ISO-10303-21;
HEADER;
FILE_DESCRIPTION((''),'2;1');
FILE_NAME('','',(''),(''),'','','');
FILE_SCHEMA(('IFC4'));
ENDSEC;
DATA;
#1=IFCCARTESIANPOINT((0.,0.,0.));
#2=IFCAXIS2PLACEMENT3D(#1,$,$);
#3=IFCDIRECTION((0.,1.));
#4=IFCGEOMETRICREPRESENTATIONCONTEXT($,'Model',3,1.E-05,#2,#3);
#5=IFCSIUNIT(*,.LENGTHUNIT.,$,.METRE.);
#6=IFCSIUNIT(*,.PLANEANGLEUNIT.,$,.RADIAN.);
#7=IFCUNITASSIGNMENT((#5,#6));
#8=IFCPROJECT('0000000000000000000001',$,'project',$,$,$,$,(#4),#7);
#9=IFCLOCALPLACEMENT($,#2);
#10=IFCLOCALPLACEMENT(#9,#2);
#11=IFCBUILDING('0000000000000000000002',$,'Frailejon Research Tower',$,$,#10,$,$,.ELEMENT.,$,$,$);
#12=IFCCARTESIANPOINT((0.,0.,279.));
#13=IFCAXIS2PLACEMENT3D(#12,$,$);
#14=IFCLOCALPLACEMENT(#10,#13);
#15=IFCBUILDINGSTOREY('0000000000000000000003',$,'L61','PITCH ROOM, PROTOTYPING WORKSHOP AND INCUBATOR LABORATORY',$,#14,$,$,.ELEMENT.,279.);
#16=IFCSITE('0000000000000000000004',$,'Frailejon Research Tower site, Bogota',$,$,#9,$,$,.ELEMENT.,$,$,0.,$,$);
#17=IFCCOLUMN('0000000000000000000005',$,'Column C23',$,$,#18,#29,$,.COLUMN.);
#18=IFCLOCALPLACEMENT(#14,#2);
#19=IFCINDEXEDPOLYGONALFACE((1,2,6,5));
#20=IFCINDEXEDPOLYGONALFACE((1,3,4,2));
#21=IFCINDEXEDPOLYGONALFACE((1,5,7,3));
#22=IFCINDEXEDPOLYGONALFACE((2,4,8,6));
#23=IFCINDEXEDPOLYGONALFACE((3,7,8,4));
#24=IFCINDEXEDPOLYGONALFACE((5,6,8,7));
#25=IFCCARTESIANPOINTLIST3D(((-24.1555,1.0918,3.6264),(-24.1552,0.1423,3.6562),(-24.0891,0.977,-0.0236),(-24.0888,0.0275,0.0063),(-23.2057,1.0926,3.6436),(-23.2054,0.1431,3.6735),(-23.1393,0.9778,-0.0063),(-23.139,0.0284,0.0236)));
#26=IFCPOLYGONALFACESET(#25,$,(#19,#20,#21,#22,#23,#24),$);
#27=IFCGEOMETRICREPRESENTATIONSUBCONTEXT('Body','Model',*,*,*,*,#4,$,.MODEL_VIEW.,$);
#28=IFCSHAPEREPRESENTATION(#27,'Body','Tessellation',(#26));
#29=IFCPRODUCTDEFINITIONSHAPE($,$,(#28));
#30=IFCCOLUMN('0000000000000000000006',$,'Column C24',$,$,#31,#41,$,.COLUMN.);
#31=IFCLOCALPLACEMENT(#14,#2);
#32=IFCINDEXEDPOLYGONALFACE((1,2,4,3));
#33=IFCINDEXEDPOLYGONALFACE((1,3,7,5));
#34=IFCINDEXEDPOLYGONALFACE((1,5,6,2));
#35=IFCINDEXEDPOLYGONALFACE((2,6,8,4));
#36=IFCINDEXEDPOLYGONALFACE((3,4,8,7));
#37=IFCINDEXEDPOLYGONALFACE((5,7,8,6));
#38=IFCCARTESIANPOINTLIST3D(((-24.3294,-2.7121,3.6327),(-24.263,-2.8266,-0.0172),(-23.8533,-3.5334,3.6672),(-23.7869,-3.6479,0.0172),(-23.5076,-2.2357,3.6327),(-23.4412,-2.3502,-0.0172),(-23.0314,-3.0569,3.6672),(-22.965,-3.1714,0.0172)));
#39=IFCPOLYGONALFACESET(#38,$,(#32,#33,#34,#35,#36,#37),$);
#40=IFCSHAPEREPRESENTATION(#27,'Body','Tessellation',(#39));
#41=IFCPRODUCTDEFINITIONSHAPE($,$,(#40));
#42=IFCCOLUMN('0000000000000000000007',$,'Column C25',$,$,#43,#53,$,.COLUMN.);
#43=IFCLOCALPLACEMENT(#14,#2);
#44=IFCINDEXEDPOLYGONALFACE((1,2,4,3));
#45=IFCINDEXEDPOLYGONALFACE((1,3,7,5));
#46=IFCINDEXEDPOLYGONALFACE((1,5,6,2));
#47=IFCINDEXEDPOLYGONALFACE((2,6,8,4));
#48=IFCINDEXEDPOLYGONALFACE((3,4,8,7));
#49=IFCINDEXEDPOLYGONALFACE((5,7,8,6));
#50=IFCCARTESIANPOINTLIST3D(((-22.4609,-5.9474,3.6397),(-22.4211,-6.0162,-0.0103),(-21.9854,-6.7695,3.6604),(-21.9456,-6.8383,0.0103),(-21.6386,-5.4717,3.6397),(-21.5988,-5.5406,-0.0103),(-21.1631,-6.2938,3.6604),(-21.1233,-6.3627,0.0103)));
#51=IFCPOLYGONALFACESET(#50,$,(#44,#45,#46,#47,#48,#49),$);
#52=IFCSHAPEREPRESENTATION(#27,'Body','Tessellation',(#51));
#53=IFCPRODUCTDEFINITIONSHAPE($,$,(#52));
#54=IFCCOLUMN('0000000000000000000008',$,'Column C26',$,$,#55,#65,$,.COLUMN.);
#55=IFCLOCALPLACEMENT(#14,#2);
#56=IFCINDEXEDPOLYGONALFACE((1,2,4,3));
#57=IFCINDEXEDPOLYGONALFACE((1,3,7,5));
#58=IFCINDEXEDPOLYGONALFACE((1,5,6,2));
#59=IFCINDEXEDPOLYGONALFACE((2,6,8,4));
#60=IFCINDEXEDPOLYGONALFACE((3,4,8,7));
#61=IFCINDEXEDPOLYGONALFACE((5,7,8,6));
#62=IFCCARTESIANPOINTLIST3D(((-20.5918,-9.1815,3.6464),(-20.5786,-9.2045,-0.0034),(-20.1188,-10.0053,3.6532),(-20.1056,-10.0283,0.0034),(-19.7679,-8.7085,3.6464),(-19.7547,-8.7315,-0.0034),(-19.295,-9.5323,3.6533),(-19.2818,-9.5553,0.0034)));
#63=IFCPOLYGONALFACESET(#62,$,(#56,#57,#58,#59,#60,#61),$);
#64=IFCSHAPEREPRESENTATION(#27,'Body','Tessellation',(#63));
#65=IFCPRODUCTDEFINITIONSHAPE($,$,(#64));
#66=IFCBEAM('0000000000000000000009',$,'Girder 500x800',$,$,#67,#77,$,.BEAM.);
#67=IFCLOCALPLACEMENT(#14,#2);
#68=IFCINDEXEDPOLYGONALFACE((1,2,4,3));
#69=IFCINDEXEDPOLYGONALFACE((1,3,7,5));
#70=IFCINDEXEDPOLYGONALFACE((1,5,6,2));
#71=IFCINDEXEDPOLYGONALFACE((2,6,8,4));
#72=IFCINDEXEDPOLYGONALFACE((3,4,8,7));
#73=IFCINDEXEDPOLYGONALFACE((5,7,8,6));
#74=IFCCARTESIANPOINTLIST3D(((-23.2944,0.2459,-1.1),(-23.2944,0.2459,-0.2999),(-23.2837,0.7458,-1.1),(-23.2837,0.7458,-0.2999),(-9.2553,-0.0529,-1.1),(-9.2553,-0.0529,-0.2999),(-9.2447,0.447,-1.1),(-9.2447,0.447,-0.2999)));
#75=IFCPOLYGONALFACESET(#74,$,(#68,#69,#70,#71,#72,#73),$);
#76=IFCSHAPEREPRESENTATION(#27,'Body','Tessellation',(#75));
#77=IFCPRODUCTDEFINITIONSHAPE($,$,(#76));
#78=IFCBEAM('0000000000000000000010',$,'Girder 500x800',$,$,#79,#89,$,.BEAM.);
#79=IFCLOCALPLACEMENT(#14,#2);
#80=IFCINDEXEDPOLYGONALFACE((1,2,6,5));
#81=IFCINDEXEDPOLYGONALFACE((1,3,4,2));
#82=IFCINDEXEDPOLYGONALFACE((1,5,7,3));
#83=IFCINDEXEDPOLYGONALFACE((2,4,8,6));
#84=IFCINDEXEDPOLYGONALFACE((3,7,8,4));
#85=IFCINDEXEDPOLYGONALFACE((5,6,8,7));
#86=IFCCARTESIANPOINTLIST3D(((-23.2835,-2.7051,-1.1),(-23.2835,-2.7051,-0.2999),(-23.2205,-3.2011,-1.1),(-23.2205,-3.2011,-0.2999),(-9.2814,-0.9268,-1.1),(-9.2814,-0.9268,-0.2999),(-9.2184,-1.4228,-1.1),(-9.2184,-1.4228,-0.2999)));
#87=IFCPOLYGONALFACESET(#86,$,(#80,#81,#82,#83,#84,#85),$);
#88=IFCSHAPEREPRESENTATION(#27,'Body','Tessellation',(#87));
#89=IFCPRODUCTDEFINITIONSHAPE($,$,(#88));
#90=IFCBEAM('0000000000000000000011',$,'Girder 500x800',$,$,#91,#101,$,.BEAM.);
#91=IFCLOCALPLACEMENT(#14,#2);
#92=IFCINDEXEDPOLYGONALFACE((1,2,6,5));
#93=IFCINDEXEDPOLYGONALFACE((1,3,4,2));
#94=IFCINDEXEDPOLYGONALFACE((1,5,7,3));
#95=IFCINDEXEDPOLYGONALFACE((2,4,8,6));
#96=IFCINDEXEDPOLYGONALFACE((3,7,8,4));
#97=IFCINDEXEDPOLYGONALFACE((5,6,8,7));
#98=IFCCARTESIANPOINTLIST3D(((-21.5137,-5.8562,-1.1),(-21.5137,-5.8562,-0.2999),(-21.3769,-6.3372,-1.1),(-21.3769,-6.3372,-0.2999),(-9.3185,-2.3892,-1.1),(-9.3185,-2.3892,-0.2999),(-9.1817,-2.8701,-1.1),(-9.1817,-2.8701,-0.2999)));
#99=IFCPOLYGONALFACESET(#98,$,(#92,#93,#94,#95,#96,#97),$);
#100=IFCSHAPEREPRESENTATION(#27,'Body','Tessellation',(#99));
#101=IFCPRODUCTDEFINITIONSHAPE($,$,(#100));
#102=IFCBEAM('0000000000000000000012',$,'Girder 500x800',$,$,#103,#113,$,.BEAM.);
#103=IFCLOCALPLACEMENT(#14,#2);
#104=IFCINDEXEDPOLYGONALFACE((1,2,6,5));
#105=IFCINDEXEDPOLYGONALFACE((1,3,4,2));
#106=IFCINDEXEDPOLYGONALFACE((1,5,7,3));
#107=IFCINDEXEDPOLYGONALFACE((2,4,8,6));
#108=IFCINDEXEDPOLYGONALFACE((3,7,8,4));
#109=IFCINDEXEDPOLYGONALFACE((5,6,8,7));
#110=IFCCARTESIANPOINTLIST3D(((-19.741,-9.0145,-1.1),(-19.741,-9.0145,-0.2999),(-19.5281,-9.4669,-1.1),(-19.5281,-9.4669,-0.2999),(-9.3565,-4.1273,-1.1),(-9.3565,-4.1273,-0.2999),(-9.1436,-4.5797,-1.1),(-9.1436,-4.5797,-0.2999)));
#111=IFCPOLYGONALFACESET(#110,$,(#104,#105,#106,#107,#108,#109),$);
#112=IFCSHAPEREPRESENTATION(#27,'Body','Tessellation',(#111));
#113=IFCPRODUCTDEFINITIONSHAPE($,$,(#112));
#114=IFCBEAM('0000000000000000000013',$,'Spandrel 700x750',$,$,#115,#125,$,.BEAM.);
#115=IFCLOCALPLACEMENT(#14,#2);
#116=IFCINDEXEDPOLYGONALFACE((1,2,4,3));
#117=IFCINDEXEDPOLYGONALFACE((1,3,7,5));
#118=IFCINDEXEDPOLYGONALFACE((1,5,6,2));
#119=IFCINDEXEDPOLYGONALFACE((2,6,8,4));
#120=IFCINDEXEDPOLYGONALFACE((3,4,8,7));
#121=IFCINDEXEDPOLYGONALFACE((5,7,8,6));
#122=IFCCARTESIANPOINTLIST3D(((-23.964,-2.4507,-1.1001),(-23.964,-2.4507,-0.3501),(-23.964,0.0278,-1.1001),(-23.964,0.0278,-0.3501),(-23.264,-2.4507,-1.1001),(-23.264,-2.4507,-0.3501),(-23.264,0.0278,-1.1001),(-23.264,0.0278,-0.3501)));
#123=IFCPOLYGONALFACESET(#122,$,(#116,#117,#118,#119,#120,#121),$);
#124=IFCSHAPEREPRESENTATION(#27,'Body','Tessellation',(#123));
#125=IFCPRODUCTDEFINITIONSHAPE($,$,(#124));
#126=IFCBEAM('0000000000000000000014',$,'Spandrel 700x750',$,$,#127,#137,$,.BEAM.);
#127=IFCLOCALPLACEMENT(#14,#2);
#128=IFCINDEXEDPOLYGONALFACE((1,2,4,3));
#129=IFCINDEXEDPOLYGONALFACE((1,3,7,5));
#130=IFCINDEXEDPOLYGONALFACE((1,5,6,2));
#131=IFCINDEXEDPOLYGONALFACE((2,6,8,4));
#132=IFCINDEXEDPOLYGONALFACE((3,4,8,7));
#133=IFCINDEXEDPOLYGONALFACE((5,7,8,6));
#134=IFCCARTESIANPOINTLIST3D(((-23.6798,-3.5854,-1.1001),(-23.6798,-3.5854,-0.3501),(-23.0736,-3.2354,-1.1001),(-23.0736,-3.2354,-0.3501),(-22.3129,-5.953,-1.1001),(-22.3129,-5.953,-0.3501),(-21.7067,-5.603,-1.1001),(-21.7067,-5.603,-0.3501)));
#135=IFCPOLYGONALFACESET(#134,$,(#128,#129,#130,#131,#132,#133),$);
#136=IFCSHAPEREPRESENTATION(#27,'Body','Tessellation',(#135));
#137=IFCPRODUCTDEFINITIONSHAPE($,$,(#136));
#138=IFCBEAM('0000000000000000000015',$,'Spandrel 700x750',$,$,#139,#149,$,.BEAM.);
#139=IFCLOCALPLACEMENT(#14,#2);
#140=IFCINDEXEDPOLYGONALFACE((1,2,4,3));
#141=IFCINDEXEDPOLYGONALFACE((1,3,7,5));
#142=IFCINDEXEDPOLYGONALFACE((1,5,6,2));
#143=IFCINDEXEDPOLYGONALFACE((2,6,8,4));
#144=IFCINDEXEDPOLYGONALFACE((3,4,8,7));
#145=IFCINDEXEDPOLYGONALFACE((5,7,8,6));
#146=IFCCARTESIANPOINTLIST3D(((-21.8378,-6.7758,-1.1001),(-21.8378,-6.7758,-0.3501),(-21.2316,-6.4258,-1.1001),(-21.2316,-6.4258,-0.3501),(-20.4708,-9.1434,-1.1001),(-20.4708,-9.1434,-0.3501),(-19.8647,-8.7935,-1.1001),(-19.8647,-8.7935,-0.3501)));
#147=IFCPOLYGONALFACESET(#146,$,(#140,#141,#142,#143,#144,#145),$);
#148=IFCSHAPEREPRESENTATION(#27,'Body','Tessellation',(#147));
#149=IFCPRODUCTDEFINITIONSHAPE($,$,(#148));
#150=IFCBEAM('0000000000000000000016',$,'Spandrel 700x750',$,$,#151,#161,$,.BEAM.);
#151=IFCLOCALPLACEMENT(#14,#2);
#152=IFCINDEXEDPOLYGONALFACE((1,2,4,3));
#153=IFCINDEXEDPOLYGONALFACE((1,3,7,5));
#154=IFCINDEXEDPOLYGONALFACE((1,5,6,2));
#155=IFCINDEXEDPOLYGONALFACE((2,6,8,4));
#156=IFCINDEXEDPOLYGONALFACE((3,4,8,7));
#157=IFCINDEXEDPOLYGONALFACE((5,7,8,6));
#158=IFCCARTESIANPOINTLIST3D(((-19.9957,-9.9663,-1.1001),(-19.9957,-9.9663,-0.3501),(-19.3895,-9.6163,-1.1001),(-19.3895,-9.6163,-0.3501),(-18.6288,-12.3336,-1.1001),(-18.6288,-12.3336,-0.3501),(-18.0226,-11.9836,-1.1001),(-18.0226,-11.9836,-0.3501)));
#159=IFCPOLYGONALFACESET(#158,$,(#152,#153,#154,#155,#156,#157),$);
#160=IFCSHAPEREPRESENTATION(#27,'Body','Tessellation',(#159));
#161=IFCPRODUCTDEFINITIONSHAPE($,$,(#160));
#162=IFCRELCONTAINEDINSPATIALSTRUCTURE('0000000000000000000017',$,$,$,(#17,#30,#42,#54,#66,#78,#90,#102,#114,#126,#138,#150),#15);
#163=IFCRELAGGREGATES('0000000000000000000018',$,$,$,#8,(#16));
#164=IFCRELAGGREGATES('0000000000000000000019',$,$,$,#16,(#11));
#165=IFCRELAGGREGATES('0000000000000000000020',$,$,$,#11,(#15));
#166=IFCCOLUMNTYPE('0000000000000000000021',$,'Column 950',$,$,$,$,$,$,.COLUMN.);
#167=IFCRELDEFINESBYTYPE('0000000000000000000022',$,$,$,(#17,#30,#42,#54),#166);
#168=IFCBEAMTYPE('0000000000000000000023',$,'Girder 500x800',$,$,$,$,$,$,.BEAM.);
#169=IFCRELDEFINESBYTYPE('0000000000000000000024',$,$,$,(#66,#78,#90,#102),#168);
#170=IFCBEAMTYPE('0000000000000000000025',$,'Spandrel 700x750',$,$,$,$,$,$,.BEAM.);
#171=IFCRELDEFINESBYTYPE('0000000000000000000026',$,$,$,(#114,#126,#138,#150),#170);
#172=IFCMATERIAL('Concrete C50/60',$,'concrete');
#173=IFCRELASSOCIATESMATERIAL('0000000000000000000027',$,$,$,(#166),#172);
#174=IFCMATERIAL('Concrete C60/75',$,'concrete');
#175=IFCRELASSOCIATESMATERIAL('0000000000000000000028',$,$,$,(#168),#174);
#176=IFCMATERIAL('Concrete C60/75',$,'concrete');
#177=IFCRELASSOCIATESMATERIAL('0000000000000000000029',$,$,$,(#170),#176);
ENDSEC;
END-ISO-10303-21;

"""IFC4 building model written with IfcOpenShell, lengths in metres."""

from ifc_helpers import new_model, si_unit, direction, frame, origin, origin_2d, place, context, subcontext, project, spatial, rectangle, extrude, material, material_profile, profile_set, type_object, element, save


model = new_model("IFC4")

# Units and contexts
model_context = context("Model", 3, precision=1e-05, world=origin(), true_north=direction((0.0, 1.0)))
body_context = subcontext(model_context, "Body", "Model", "MODEL_VIEW")
ifc_project = project(units=[si_unit("LENGTHUNIT", "METRE"), si_unit("PLANEANGLEUNIT", "RADIAN")], contexts=[model_context])

# Site, building, storey
site_placement = place(None, origin())
site = spatial("IfcSite", under=ifc_project, at=site_placement, Name="Frailejon Research Tower site, Bogota", CompositionType="ELEMENT", RefElevation=0.0)
building_placement = place(site_placement, origin())
building = spatial("IfcBuilding", under=site, at=building_placement, Name="Frailejon Research Tower", CompositionType="ELEMENT")
storey_placement = place(building_placement, frame((0.0, 0.0, 279.0)))
storey = spatial("IfcBuildingStorey", under=building, at=storey_placement, Name="L61", Description="PITCH ROOM, PROTOTYPING WORKSHOP AND INCUBATOR LABORATORY", CompositionType="ELEMENT", Elevation=279.0)

# Columns
ifc_material_1 = material(Name="Concrete C50/60", Category="concrete")
ifc_material_profile_1 = material_profile(ifc_material_1, rectangle(XDim=0.95, YDim=0.95, at=origin_2d()), Name="Column 950")
ifc_profile_set_1 = profile_set([ifc_material_profile_1], Name="Concrete C50/60")
column_type = type_object("IfcColumnType", Name="Column 950", PredefinedType="COLUMN", material=ifc_profile_set_1)
for number, where, z_axis, x_axis, name in (
    (1, (-23.614, 0.5027, 0.0), (-0.018182, 0.031417, 0.999341), (0.000297, -0.999506, 0.031428), "Column C23"),
    (2, (-23.614, -2.999, 0.0), (-0.018182, 0.031351, 0.999343), (0.50122, -0.86456, 0.036242), "Column C24"),
):
    element("IfcColumn", number, at=place(storey_placement, frame(where, z_axis=z_axis, x_axis=x_axis)), inside=storey, type_object=column_type, Name=name, PredefinedType="COLUMN", context=body_context, shape_type="SweptSolid", body=[
        extrude(rectangle(XDim=0.95, YDim=0.95, at=origin_2d()), origin(), (0.0, 0.0, 1.0), 3.6523),
    ])
column_1_placement = place(storey_placement, frame((-21.7722, -6.1895, 0.0), z_axis=(-0.0109, 0.018858, 0.999763), x_axis=(0.50059, -0.86541, 0.021782)))
element("IfcColumn", 3, at=column_1_placement, inside=storey, type_object=column_type, Name="Column C25", PredefinedType="COLUMN", context=body_context, shape_type="SweptSolid", body=[
    extrude(rectangle(XDim=0.95, YDim=0.95, at=origin_2d()), origin(), (0.0, 0.0, 1.0), 3.6509),
])
column_2_placement = place(storey_placement, frame((-19.9302, -9.3799, 0.0), z_axis=(-0.003612, 0.006287, 0.999974), x_axis=(0.49789, -0.86721, 0.007251)))
element("IfcColumn", 4, at=column_2_placement, inside=storey, type_object=column_type, Name="Column C26", PredefinedType="COLUMN", context=body_context, shape_type="SweptSolid", body=[
    extrude(rectangle(XDim=0.95, YDim=0.95, at=origin_2d()), origin(), (0.0, 0.0, 1.0), 3.6499),
])

# Beams
ifc_material_2 = material(Name="Concrete C60/75", Category="concrete")
ifc_material_profile_2 = material_profile(ifc_material_2, rectangle(XDim=0.5, YDim=0.8, at=origin_2d()), Name="Girder 500x800")
ifc_profile_set_2 = profile_set([ifc_material_profile_2], Name="Concrete C60/75")
beam_type_1 = type_object("IfcBeamType", Name="Girder 500x800", PredefinedType="BEAM", material=ifc_profile_set_2)
beam_1_placement = place(storey_placement, frame((-23.2891, 0.4958, -0.7), z_axis=(0.999774, -0.021281, 0.0), x_axis=(0.021281, 0.999774, 0.0)))
element("IfcBeam", 5, at=beam_1_placement, inside=storey, type_object=beam_type_1, Name="Girder 500x800", PredefinedType="BEAM", context=body_context, shape_type="SweptSolid", body=[
    extrude(rectangle(XDim=0.5, YDim=0.8, at=origin_2d()), origin(), (0.0, 0.0, 1.0), 14.0422),
])
beam_2_placement = place(storey_placement, frame((-23.252, -2.9531, -0.7), z_axis=(0.992031, 0.125993, 0.0), x_axis=(-0.125993, 0.992031, 0.0)))
element("IfcBeam", 6, at=beam_2_placement, inside=storey, type_object=beam_type_1, Name="Girder 500x800", PredefinedType="BEAM", context=body_context, shape_type="SweptSolid", body=[
    extrude(rectangle(XDim=0.5, YDim=0.8, at=origin_2d()), origin(), (0.0, 0.0, 1.0), 14.1145),
])
beam_3_placement = place(storey_placement, frame((-21.4453, -6.0967, -0.7), z_axis=(0.961884, 0.273457, 0.0), x_axis=(-0.273457, 0.961884, 0.0)))
element("IfcBeam", 7, at=beam_3_placement, inside=storey, type_object=beam_type_1, Name="Girder 500x800", PredefinedType="BEAM", context=body_context, shape_type="SweptSolid", body=[
    extrude(rectangle(XDim=0.5, YDim=0.8, at=origin_2d()), origin(), (0.0, 0.0, 1.0), 12.6785),
])
beam_4_placement = place(storey_placement, frame((-19.6345, -9.2407, -0.7), z_axis=(0.904806, 0.425824, 0.0), x_axis=(-0.425824, 0.904806, 0.0)))
element("IfcBeam", 8, at=beam_4_placement, inside=storey, type_object=beam_type_1, Name="Girder 500x800", PredefinedType="BEAM", context=body_context, shape_type="SweptSolid", body=[
    extrude(rectangle(XDim=0.5, YDim=0.8, at=origin_2d()), origin(), (0.0, 0.0, 1.0), 11.4771),
])
ifc_material_3 = material(Name="Concrete C60/75", Category="concrete")
ifc_material_profile_3 = material_profile(ifc_material_3, rectangle(XDim=0.7, YDim=0.75, at=origin_2d()), Name="Spandrel 700x750")
ifc_profile_set_3 = profile_set([ifc_material_profile_3], Name="Concrete C60/75")
beam_type_2 = type_object("IfcBeamType", Name="Spandrel 700x750", PredefinedType="BEAM", material=ifc_profile_set_3)
beam_5_placement = place(storey_placement, frame((-23.614, 0.0278, -0.7251), z_axis=(0.0, -1.0, 0.0), x_axis=(1.0, 0.0, 0.0)))
element("IfcBeam", 9, at=beam_5_placement, inside=storey, type_object=beam_type_2, Name="Spandrel 700x750", PredefinedType="BEAM", context=body_context, shape_type="SweptSolid", body=[
    extrude(rectangle(XDim=0.7, YDim=0.75, at=origin_2d()), origin(), (0.0, 0.0, 1.0), 2.4785),
])
for number, where, z_axis, x_axis, name in (
    (10, (-23.3767, -3.4104, -0.7251), (0.49999, -0.866031, 0.0), (0.866031, 0.49999, 0.0), "Spandrel 700x750"),
    (11, (-21.5347, -6.6008, -0.7251), (0.49999, -0.866031, 0.0), (0.866031, 0.49999, 0.0), "Spandrel 700x750"),
):
    element("IfcBeam", number, at=place(storey_placement, frame(where, z_axis=z_axis, x_axis=x_axis)), inside=storey, type_object=beam_type_2, Name=name, PredefinedType="BEAM", context=body_context, shape_type="SweptSolid", body=[
        extrude(rectangle(XDim=0.7, YDim=0.75, at=origin_2d()), origin(), (0.0, 0.0, 1.0), 2.7339),
    ])
beam_6_placement = place(storey_placement, frame((-19.6926, -9.7913, -0.7251), z_axis=(0.500029, -0.866009, 0.0), x_axis=(0.866009, 0.500029, 0.0)))
element("IfcBeam", 12, at=beam_6_placement, inside=storey, type_object=beam_type_2, Name="Spandrel 700x750", PredefinedType="BEAM", context=body_context, shape_type="SweptSolid", body=[
    extrude(rectangle(XDim=0.7, YDim=0.75, at=origin_2d()), origin(), (0.0, 0.0, 1.0), 2.7336),
])

save(model, "model.ifc")
